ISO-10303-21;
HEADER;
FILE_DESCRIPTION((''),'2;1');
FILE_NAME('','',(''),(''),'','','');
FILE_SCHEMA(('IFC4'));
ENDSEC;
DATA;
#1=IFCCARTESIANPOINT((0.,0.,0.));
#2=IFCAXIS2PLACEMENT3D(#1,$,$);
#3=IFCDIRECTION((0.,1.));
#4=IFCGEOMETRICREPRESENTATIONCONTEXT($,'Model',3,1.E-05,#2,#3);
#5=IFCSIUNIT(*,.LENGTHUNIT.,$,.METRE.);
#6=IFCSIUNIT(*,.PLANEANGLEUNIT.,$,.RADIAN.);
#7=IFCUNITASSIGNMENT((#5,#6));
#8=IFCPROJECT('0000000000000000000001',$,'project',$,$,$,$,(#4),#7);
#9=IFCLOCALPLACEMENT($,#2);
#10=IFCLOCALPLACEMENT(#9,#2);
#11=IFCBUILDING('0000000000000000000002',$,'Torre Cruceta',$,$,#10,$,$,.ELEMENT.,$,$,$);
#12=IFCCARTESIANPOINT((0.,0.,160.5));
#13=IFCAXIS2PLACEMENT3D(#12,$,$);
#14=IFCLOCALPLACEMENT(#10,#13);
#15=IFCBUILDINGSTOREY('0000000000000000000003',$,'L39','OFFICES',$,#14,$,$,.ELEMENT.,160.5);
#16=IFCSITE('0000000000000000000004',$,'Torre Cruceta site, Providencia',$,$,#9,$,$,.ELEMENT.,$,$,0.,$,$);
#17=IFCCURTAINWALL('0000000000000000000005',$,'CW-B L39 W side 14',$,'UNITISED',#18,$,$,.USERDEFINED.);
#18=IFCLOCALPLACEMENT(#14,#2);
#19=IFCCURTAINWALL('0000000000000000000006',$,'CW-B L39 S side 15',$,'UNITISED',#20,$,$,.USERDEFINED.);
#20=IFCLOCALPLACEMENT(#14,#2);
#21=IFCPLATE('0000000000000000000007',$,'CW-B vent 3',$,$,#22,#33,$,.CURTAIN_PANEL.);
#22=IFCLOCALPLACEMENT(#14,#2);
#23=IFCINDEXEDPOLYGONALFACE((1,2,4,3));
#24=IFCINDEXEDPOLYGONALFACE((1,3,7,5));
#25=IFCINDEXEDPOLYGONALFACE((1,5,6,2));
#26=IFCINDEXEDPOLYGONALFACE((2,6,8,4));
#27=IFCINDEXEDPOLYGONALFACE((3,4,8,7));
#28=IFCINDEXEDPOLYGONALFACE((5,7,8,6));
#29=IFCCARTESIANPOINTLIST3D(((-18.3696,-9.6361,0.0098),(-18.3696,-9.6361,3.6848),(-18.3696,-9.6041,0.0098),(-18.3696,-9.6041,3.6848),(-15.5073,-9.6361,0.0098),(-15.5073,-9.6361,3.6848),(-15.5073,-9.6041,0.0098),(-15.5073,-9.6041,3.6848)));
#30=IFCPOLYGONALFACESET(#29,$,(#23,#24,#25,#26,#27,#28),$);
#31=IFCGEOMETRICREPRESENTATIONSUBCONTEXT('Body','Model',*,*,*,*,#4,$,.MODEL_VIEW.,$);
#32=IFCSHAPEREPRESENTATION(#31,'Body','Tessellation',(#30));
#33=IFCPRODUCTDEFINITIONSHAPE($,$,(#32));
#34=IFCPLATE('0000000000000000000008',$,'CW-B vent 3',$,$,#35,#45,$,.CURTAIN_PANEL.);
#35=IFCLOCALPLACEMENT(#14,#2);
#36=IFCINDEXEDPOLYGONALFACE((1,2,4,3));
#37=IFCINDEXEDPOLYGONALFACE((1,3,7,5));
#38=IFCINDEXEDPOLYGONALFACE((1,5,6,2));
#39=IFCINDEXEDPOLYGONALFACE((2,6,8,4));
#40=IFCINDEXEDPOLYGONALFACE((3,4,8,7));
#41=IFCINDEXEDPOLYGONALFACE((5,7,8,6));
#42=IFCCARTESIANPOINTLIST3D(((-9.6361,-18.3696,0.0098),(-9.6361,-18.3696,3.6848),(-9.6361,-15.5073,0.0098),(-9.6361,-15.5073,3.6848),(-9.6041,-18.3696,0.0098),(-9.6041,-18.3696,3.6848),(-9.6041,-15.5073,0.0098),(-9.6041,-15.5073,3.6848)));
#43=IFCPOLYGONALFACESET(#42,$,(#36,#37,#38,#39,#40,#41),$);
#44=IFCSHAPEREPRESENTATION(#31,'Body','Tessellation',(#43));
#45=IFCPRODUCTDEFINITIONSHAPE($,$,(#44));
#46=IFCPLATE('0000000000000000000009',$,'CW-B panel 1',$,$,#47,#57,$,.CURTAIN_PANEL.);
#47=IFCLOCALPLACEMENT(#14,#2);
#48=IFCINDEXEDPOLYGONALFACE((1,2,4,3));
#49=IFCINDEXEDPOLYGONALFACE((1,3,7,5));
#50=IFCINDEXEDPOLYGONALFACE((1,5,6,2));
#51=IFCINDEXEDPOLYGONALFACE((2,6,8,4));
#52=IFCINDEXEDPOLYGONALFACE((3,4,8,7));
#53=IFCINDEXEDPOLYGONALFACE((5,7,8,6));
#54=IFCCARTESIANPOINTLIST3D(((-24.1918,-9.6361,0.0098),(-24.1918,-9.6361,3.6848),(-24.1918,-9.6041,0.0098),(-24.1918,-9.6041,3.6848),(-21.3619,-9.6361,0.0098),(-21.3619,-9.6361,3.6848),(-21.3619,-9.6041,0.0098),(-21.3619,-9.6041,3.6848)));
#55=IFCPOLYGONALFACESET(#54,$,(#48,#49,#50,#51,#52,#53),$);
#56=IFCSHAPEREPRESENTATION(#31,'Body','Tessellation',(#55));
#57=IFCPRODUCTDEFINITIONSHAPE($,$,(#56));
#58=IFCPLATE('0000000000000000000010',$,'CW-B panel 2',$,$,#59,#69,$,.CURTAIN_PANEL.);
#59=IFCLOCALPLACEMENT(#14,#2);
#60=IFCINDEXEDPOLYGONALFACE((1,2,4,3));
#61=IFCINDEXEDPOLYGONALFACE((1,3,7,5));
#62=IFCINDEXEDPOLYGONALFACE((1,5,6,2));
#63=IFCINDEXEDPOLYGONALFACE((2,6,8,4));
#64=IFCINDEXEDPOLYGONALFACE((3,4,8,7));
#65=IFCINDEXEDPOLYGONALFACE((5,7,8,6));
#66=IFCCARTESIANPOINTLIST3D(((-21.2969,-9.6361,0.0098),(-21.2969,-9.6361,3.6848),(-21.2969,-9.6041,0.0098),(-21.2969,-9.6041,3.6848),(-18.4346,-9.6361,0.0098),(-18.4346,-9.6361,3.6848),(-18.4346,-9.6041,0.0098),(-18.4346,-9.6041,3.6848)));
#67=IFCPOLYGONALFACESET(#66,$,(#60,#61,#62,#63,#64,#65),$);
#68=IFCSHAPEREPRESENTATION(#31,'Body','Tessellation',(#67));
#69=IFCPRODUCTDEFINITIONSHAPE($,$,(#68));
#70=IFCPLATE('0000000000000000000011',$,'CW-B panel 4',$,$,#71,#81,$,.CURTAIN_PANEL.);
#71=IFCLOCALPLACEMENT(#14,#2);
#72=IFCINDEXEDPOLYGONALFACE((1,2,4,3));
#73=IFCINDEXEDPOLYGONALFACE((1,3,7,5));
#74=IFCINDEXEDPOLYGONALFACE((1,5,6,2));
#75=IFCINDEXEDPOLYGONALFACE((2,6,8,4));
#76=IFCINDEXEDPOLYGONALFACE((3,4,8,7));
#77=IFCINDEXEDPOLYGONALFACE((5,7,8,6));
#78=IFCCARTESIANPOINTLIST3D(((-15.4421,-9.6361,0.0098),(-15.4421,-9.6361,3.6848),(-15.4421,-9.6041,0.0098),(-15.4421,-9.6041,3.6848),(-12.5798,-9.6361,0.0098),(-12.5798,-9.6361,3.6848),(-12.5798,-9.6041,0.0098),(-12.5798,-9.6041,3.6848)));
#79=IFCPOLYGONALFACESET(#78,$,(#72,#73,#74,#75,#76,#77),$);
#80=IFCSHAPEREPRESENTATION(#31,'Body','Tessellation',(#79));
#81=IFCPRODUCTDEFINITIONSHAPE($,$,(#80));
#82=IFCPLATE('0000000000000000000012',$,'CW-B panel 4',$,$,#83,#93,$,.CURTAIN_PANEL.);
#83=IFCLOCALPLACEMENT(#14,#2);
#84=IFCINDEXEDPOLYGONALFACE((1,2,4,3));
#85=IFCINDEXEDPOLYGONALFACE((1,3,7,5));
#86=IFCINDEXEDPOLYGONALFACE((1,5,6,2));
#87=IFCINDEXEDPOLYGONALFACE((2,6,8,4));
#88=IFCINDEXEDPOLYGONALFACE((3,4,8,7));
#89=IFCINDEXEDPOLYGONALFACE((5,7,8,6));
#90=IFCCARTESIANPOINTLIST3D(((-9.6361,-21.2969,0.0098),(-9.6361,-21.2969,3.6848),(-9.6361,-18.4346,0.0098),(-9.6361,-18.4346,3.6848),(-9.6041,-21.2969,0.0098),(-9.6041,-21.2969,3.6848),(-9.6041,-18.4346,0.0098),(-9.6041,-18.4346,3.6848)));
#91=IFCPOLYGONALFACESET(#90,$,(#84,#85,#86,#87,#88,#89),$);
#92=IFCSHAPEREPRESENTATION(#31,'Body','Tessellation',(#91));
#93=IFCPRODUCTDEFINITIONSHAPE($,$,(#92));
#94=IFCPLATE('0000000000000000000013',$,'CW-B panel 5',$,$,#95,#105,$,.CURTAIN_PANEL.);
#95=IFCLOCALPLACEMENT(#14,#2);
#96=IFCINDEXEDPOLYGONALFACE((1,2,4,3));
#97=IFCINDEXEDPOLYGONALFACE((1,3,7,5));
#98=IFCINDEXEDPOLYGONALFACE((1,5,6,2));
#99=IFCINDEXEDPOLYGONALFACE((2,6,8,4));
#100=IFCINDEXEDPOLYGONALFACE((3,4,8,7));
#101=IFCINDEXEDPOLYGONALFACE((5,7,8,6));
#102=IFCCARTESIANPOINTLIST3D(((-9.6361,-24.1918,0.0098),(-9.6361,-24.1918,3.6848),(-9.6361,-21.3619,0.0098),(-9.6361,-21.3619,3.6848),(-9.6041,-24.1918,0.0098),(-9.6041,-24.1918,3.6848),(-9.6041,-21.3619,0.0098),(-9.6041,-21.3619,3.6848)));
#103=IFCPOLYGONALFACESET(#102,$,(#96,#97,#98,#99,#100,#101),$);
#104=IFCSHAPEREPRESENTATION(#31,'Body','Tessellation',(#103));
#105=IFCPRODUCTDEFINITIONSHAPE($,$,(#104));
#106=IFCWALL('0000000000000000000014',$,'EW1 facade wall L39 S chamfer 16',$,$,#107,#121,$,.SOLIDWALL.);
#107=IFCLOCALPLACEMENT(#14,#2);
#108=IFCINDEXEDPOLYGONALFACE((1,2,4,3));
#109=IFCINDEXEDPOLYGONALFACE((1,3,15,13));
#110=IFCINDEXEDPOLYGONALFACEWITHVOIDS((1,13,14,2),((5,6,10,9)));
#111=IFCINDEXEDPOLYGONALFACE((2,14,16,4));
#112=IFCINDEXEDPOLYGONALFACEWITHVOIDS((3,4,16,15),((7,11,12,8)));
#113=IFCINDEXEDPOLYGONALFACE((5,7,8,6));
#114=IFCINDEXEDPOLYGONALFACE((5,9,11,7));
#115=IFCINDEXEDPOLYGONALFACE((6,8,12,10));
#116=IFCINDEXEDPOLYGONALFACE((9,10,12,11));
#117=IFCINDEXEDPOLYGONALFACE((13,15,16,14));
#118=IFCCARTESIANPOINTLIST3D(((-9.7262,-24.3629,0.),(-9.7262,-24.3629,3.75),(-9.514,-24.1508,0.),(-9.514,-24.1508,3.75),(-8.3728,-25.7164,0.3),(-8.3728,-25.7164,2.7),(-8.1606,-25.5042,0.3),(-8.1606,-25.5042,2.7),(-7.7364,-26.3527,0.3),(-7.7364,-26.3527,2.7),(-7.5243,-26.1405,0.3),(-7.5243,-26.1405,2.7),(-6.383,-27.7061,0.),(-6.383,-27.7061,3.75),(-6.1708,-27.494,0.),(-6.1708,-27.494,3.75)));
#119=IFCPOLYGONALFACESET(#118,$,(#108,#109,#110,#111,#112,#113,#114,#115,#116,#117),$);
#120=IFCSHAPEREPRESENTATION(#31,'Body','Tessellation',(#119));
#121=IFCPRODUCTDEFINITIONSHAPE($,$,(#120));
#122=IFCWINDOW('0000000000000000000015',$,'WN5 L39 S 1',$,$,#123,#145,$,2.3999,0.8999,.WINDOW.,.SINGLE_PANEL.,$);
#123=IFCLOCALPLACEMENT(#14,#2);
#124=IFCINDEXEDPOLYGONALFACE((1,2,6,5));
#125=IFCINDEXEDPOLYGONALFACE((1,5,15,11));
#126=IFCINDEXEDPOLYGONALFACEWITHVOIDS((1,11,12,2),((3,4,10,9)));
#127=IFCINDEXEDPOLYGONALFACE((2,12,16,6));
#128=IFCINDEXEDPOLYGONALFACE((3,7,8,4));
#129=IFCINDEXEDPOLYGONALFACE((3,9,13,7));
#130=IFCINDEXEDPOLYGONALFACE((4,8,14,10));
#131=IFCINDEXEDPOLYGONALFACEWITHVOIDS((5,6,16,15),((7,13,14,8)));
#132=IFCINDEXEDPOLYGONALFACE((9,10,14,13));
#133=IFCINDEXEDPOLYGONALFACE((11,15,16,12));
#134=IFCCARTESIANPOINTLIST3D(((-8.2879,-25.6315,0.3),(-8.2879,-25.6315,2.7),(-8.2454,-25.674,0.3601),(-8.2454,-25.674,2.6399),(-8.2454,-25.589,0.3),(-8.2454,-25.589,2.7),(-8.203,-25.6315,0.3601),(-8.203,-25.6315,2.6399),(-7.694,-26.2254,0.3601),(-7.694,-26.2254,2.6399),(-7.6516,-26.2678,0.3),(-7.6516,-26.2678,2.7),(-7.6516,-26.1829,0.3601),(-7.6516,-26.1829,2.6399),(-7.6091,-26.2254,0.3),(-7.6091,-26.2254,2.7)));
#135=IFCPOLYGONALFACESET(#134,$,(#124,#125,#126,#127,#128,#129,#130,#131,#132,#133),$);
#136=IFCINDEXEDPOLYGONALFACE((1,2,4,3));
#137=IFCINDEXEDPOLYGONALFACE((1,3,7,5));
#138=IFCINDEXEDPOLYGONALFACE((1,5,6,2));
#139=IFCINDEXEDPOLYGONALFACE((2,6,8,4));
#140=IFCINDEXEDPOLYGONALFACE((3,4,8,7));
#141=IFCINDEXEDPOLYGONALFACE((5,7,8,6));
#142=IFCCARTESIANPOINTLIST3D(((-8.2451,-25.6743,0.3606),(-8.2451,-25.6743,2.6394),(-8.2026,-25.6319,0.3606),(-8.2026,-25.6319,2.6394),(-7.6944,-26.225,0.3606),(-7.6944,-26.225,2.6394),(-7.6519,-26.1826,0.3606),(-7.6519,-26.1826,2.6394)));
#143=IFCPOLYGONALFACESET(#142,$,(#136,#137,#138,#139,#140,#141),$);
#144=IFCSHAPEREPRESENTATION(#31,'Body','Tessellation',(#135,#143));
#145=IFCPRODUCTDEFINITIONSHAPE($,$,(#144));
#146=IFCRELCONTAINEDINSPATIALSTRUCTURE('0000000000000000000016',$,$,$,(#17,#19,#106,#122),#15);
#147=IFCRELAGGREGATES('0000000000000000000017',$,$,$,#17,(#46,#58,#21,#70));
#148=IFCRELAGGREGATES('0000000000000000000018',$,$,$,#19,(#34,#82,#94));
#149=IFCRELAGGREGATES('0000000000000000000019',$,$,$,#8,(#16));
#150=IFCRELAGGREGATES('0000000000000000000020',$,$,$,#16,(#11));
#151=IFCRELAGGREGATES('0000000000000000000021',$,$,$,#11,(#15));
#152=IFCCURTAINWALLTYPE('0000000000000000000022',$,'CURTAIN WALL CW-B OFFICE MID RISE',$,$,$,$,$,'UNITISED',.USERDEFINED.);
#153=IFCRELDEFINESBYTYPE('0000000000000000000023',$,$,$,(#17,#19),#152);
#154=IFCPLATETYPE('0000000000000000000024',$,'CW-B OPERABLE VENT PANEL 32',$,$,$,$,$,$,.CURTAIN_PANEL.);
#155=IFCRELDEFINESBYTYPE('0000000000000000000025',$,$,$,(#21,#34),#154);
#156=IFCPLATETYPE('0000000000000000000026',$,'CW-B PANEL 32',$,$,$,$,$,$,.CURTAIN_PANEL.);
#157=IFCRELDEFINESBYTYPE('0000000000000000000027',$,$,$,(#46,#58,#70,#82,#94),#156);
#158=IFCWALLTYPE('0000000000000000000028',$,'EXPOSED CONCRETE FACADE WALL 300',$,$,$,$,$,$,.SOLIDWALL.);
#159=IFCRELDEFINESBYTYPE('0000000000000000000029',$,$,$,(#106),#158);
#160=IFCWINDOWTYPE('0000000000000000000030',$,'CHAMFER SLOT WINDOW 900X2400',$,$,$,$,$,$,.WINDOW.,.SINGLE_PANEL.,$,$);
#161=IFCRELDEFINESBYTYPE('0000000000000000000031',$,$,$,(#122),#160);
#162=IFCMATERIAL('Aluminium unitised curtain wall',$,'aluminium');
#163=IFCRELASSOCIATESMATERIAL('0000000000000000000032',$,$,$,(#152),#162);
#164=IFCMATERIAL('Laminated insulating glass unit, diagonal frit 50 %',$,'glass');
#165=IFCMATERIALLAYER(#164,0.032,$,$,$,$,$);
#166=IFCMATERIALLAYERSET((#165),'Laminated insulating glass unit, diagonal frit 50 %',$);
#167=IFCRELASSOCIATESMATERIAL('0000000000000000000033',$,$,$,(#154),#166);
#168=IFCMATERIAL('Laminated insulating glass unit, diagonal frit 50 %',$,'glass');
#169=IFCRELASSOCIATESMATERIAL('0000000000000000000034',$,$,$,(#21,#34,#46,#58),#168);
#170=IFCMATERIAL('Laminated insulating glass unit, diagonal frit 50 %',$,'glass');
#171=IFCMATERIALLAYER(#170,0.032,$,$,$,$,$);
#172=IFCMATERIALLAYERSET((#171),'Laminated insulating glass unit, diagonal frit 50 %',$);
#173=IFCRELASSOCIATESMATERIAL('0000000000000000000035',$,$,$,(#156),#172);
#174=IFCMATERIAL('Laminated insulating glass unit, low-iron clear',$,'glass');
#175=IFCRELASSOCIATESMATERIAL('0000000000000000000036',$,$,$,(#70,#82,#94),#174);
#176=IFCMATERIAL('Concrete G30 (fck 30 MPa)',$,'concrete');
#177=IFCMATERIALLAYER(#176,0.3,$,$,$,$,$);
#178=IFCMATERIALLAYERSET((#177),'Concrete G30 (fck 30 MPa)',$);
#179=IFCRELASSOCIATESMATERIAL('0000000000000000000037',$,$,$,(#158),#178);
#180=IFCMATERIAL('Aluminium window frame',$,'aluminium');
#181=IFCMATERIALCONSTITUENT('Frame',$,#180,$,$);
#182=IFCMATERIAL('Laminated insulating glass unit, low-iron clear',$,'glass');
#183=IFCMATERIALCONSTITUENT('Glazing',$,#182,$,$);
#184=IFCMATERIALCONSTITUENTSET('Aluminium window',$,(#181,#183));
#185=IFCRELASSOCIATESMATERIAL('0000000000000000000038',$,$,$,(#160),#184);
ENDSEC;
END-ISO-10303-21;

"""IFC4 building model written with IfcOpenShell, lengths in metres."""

from ifc_helpers import new_model, si_unit, direction, frame, frame_2d, origin, origin_2d, place, context, subcontext, project, spatial, rectangle, hollow_rectangle, extrude, material, layer, layer_set, constituent, constituent_set, type_object, element, fill, aggregate, save


model = new_model("IFC4")

# Units and contexts
model_context = context("Model", 3, precision=1e-05, world=origin(), true_north=direction((0.0, 1.0)))
body_context = subcontext(model_context, "Body", "Model", "MODEL_VIEW")
ifc_project = project(units=[si_unit("LENGTHUNIT", "METRE"), si_unit("PLANEANGLEUNIT", "RADIAN")], contexts=[model_context])

# Site, building, storey
site_placement = place(None, origin())
site = spatial("IfcSite", under=ifc_project, at=site_placement, Name="Torre Cruceta site, Providencia", CompositionType="ELEMENT", RefElevation=0.0)
building_placement = place(site_placement, origin())
building = spatial("IfcBuilding", under=site, at=building_placement, Name="Torre Cruceta", CompositionType="ELEMENT")
storey_placement = place(building_placement, frame((0.0, 0.0, 160.5)))
storey = spatial("IfcBuildingStorey", under=building, at=storey_placement, Name="L39", Description="OFFICES", CompositionType="ELEMENT", Elevation=160.5)

# Curtain walls
ifc_material_1 = material(Name="Aluminium unitised curtain wall", Category="aluminium")
curtain_wall_type = type_object("IfcCurtainWallType", Name="CURTAIN WALL CW-B OFFICE MID RISE", ElementType="UNITISED", PredefinedType="USERDEFINED", material=ifc_material_1)
curtain_wall_1_placement = place(storey_placement, origin())
curtain_wall_1 = element("IfcCurtainWall", 1, at=curtain_wall_1_placement, inside=storey, type_object=curtain_wall_type, Name="CW-B L39 W side 14", ObjectType="UNITISED", PredefinedType="USERDEFINED")
curtain_wall_2_placement = place(storey_placement, origin())
curtain_wall_2 = element("IfcCurtainWall", 2, at=curtain_wall_2_placement, inside=storey, type_object=curtain_wall_type, Name="CW-B L39 S side 15", ObjectType="UNITISED", PredefinedType="USERDEFINED")

# Plates
ifc_material_2 = material(Name="Laminated insulating glass unit, diagonal frit 50 %", Category="glass")
ifc_material_3 = material(Name="Laminated insulating glass unit, diagonal frit 50 %", Category="glass")
ifc_layer_1 = layer(ifc_material_3, 0.032)
ifc_layer_set_1 = layer_set([ifc_layer_1], Name="Laminated insulating glass unit, diagonal frit 50 %")
plate_type_1 = type_object("IfcPlateType", Name="CW-B OPERABLE VENT PANEL 32", PredefinedType="CURTAIN_PANEL", material=ifc_layer_set_1)
plate_1_placement = place(storey_placement, frame((-16.9385, -9.6201, 0.0098), z_axis=(0.0, 0.0, 1.0), x_axis=(1.0, 0.0, 0.0)))
plate_1 = element("IfcPlate", 3, at=plate_1_placement, type_object=plate_type_1, material=ifc_material_2, Name="CW-B vent 3", PredefinedType="CURTAIN_PANEL", context=body_context, shape_type="SweptSolid", body=[
    extrude(rectangle(XDim=2.8623, YDim=0.032, at=origin_2d()), origin(), (0.0, 0.0, 1.0), 3.675),
])
plate_2_placement = place(storey_placement, frame((-9.6201, -16.9385, 0.0098), z_axis=(0.0, 0.0, 1.0), x_axis=(0.0, -1.0, 0.0)))
plate_2 = element("IfcPlate", 4, at=plate_2_placement, type_object=plate_type_1, material=ifc_material_2, Name="CW-B vent 3", PredefinedType="CURTAIN_PANEL", context=body_context, shape_type="SweptSolid", body=[
    extrude(rectangle(XDim=2.8623, YDim=0.032, at=origin_2d()), origin(), (0.0, 0.0, 1.0), 3.675),
])
ifc_material_4 = material(Name="Laminated insulating glass unit, diagonal frit 50 %", Category="glass")
ifc_layer_2 = layer(ifc_material_4, 0.032)
ifc_layer_set_2 = layer_set([ifc_layer_2], Name="Laminated insulating glass unit, diagonal frit 50 %")
plate_type_2 = type_object("IfcPlateType", Name="CW-B PANEL 32", PredefinedType="CURTAIN_PANEL", material=ifc_layer_set_2)
plate_3_placement = place(storey_placement, frame((-22.7769, -9.6201, 0.0098), z_axis=(0.0, 0.0, 1.0), x_axis=(1.0, 0.0, 0.0)))
plate_3 = element("IfcPlate", 5, at=plate_3_placement, type_object=plate_type_2, material=ifc_material_2, Name="CW-B panel 1", PredefinedType="CURTAIN_PANEL", context=body_context, shape_type="SweptSolid", body=[
    extrude(rectangle(XDim=2.8298, YDim=0.032, at=origin_2d()), origin(), (0.0, 0.0, 1.0), 3.675),
])
plate_4_placement = place(storey_placement, frame((-19.8657, -9.6201, 0.0098), z_axis=(0.0, 0.0, 1.0), x_axis=(1.0, 0.0, 0.0)))
plate_4 = element("IfcPlate", 6, at=plate_4_placement, type_object=plate_type_2, material=ifc_material_2, Name="CW-B panel 2", PredefinedType="CURTAIN_PANEL", context=body_context, shape_type="SweptSolid", body=[
    extrude(rectangle(XDim=2.8623, YDim=0.032, at=origin_2d()), origin(), (0.0, 0.0, 1.0), 3.675),
])
ifc_material_5 = material(Name="Laminated insulating glass unit, low-iron clear", Category="glass")
plate_5_placement = place(storey_placement, frame((-14.011, -9.6201, 0.0098), z_axis=(0.0, 0.0, 1.0), x_axis=(1.0, 0.0, 0.0)))
plate_5 = element("IfcPlate", 7, at=plate_5_placement, type_object=plate_type_2, material=ifc_material_5, Name="CW-B panel 4", PredefinedType="CURTAIN_PANEL", context=body_context, shape_type="SweptSolid", body=[
    extrude(rectangle(XDim=2.8623, YDim=0.032, at=origin_2d()), origin(), (0.0, 0.0, 1.0), 3.675),
])
aggregate(curtain_wall_1, [plate_3, plate_4, plate_1, plate_5])
plate_6_placement = place(storey_placement, frame((-9.6201, -19.8657, 0.0098), z_axis=(0.0, 0.0, 1.0), x_axis=(0.0, -1.0, 0.0)))
plate_6 = element("IfcPlate", 8, at=plate_6_placement, type_object=plate_type_2, material=ifc_material_5, Name="CW-B panel 4", PredefinedType="CURTAIN_PANEL", context=body_context, shape_type="SweptSolid", body=[
    extrude(rectangle(XDim=2.8623, YDim=0.032, at=origin_2d()), origin(), (0.0, 0.0, 1.0), 3.675),
])
plate_7_placement = place(storey_placement, frame((-9.6201, -22.7769, 0.0098), z_axis=(0.0, 0.0, 1.0), x_axis=(0.0, -1.0, 0.0)))
plate_7 = element("IfcPlate", 9, at=plate_7_placement, type_object=plate_type_2, material=ifc_material_5, Name="CW-B panel 5", PredefinedType="CURTAIN_PANEL", context=body_context, shape_type="SweptSolid", body=[
    extrude(rectangle(XDim=2.8298, YDim=0.032, at=origin_2d()), origin(), (0.0, 0.0, 1.0), 3.675),
])
aggregate(curtain_wall_2, [plate_2, plate_6, plate_7])

# Wall, opening, window
ifc_material_6 = material(Name="Concrete G30 (fck 30 MPa)", Category="concrete")
ifc_layer_3 = layer(ifc_material_6, 0.3)
ifc_layer_set_3 = layer_set([ifc_layer_3], Name="Concrete G30 (fck 30 MPa)")
wall_type = type_object("IfcWallType", Name="EXPOSED CONCRETE FACADE WALL 300", PredefinedType="SOLIDWALL", material=ifc_layer_set_3)
wall_placement = place(storey_placement, frame((-9.6201, -24.2568, 0.0), z_axis=(0.0, 0.0, 1.0), x_axis=(0.707107, -0.707107, 0.0)))
wall = element("IfcWall", 10, at=wall_placement, inside=storey, type_object=wall_type, Name="EW1 facade wall L39 S chamfer 16", PredefinedType="SOLIDWALL", context=body_context, shape_type="SweptSolid", body=[
    extrude(rectangle(XDim=4.728, YDim=0.3, at=frame_2d((2.364, 0.0))), origin(), (0.0, 0.0, 1.0), 3.75),
])
opening_placement = place(wall_placement, frame((1.9141, 0.0, 0.3)))
opening = element("IfcOpeningElement", 11, at=opening_placement, cuts=wall, PredefinedType="OPENING", context=body_context, shape_type="SweptSolid", body=[
    extrude(rectangle(XDim=0.8999, YDim=2.3999, at=frame_2d((0.45, 1.2))), frame((0.0, 0.1599, 0.0), z_axis=(0.0, -1.0, 0.0), x_axis=(1.0, 0.0, 0.0)), (0.0, 0.0, 1.0), 0.3201),
])
ifc_material_7 = material(Name="Aluminium window frame", Category="aluminium")
ifc_constituent_1 = constituent(ifc_material_7, Name="Frame")
ifc_material_8 = material(Name="Laminated insulating glass unit, low-iron clear", Category="glass")
ifc_constituent_2 = constituent(ifc_material_8, Name="Glazing")
ifc_constituent_set = constituent_set(constituents=[ifc_constituent_1, ifc_constituent_2], Name="Aluminium window")
window_type = type_object("IfcWindowType", Name="CHAMFER SLOT WINDOW 900X2400", PartitioningType="SINGLE_PANEL", PredefinedType="WINDOW", material=ifc_constituent_set)
window_placement = place(opening_placement, origin())
window = element("IfcWindow", 12, at=window_placement, inside=storey, type_object=window_type, Name="WN5 L39 S 1", OverallHeight=2.3999, OverallWidth=0.8999, PartitioningType="SINGLE_PANEL", PredefinedType="WINDOW", context=body_context, shape_type="SweptSolid", body=[
    extrude(hollow_rectangle(XDim=0.8999, YDim=2.3999, WallThickness=0.0601, at=frame_2d((0.45, 1.2))), frame((0.0, 0.03, 0.0), z_axis=(0.0, -1.0, 0.0), x_axis=(1.0, 0.0, 0.0)), (0.0, 0.0, 1.0), 0.0601),
    extrude(rectangle(XDim=0.7788, YDim=2.2788, at=frame_2d((0.45, 1.2))), frame((0.0, 0.03, 0.0), z_axis=(0.0, -1.0, 0.0), x_axis=(1.0, 0.0, 0.0)), (0.0, 0.0, 1.0), 0.0601),
])
fill(opening, window)

save(model, "model.ifc")
